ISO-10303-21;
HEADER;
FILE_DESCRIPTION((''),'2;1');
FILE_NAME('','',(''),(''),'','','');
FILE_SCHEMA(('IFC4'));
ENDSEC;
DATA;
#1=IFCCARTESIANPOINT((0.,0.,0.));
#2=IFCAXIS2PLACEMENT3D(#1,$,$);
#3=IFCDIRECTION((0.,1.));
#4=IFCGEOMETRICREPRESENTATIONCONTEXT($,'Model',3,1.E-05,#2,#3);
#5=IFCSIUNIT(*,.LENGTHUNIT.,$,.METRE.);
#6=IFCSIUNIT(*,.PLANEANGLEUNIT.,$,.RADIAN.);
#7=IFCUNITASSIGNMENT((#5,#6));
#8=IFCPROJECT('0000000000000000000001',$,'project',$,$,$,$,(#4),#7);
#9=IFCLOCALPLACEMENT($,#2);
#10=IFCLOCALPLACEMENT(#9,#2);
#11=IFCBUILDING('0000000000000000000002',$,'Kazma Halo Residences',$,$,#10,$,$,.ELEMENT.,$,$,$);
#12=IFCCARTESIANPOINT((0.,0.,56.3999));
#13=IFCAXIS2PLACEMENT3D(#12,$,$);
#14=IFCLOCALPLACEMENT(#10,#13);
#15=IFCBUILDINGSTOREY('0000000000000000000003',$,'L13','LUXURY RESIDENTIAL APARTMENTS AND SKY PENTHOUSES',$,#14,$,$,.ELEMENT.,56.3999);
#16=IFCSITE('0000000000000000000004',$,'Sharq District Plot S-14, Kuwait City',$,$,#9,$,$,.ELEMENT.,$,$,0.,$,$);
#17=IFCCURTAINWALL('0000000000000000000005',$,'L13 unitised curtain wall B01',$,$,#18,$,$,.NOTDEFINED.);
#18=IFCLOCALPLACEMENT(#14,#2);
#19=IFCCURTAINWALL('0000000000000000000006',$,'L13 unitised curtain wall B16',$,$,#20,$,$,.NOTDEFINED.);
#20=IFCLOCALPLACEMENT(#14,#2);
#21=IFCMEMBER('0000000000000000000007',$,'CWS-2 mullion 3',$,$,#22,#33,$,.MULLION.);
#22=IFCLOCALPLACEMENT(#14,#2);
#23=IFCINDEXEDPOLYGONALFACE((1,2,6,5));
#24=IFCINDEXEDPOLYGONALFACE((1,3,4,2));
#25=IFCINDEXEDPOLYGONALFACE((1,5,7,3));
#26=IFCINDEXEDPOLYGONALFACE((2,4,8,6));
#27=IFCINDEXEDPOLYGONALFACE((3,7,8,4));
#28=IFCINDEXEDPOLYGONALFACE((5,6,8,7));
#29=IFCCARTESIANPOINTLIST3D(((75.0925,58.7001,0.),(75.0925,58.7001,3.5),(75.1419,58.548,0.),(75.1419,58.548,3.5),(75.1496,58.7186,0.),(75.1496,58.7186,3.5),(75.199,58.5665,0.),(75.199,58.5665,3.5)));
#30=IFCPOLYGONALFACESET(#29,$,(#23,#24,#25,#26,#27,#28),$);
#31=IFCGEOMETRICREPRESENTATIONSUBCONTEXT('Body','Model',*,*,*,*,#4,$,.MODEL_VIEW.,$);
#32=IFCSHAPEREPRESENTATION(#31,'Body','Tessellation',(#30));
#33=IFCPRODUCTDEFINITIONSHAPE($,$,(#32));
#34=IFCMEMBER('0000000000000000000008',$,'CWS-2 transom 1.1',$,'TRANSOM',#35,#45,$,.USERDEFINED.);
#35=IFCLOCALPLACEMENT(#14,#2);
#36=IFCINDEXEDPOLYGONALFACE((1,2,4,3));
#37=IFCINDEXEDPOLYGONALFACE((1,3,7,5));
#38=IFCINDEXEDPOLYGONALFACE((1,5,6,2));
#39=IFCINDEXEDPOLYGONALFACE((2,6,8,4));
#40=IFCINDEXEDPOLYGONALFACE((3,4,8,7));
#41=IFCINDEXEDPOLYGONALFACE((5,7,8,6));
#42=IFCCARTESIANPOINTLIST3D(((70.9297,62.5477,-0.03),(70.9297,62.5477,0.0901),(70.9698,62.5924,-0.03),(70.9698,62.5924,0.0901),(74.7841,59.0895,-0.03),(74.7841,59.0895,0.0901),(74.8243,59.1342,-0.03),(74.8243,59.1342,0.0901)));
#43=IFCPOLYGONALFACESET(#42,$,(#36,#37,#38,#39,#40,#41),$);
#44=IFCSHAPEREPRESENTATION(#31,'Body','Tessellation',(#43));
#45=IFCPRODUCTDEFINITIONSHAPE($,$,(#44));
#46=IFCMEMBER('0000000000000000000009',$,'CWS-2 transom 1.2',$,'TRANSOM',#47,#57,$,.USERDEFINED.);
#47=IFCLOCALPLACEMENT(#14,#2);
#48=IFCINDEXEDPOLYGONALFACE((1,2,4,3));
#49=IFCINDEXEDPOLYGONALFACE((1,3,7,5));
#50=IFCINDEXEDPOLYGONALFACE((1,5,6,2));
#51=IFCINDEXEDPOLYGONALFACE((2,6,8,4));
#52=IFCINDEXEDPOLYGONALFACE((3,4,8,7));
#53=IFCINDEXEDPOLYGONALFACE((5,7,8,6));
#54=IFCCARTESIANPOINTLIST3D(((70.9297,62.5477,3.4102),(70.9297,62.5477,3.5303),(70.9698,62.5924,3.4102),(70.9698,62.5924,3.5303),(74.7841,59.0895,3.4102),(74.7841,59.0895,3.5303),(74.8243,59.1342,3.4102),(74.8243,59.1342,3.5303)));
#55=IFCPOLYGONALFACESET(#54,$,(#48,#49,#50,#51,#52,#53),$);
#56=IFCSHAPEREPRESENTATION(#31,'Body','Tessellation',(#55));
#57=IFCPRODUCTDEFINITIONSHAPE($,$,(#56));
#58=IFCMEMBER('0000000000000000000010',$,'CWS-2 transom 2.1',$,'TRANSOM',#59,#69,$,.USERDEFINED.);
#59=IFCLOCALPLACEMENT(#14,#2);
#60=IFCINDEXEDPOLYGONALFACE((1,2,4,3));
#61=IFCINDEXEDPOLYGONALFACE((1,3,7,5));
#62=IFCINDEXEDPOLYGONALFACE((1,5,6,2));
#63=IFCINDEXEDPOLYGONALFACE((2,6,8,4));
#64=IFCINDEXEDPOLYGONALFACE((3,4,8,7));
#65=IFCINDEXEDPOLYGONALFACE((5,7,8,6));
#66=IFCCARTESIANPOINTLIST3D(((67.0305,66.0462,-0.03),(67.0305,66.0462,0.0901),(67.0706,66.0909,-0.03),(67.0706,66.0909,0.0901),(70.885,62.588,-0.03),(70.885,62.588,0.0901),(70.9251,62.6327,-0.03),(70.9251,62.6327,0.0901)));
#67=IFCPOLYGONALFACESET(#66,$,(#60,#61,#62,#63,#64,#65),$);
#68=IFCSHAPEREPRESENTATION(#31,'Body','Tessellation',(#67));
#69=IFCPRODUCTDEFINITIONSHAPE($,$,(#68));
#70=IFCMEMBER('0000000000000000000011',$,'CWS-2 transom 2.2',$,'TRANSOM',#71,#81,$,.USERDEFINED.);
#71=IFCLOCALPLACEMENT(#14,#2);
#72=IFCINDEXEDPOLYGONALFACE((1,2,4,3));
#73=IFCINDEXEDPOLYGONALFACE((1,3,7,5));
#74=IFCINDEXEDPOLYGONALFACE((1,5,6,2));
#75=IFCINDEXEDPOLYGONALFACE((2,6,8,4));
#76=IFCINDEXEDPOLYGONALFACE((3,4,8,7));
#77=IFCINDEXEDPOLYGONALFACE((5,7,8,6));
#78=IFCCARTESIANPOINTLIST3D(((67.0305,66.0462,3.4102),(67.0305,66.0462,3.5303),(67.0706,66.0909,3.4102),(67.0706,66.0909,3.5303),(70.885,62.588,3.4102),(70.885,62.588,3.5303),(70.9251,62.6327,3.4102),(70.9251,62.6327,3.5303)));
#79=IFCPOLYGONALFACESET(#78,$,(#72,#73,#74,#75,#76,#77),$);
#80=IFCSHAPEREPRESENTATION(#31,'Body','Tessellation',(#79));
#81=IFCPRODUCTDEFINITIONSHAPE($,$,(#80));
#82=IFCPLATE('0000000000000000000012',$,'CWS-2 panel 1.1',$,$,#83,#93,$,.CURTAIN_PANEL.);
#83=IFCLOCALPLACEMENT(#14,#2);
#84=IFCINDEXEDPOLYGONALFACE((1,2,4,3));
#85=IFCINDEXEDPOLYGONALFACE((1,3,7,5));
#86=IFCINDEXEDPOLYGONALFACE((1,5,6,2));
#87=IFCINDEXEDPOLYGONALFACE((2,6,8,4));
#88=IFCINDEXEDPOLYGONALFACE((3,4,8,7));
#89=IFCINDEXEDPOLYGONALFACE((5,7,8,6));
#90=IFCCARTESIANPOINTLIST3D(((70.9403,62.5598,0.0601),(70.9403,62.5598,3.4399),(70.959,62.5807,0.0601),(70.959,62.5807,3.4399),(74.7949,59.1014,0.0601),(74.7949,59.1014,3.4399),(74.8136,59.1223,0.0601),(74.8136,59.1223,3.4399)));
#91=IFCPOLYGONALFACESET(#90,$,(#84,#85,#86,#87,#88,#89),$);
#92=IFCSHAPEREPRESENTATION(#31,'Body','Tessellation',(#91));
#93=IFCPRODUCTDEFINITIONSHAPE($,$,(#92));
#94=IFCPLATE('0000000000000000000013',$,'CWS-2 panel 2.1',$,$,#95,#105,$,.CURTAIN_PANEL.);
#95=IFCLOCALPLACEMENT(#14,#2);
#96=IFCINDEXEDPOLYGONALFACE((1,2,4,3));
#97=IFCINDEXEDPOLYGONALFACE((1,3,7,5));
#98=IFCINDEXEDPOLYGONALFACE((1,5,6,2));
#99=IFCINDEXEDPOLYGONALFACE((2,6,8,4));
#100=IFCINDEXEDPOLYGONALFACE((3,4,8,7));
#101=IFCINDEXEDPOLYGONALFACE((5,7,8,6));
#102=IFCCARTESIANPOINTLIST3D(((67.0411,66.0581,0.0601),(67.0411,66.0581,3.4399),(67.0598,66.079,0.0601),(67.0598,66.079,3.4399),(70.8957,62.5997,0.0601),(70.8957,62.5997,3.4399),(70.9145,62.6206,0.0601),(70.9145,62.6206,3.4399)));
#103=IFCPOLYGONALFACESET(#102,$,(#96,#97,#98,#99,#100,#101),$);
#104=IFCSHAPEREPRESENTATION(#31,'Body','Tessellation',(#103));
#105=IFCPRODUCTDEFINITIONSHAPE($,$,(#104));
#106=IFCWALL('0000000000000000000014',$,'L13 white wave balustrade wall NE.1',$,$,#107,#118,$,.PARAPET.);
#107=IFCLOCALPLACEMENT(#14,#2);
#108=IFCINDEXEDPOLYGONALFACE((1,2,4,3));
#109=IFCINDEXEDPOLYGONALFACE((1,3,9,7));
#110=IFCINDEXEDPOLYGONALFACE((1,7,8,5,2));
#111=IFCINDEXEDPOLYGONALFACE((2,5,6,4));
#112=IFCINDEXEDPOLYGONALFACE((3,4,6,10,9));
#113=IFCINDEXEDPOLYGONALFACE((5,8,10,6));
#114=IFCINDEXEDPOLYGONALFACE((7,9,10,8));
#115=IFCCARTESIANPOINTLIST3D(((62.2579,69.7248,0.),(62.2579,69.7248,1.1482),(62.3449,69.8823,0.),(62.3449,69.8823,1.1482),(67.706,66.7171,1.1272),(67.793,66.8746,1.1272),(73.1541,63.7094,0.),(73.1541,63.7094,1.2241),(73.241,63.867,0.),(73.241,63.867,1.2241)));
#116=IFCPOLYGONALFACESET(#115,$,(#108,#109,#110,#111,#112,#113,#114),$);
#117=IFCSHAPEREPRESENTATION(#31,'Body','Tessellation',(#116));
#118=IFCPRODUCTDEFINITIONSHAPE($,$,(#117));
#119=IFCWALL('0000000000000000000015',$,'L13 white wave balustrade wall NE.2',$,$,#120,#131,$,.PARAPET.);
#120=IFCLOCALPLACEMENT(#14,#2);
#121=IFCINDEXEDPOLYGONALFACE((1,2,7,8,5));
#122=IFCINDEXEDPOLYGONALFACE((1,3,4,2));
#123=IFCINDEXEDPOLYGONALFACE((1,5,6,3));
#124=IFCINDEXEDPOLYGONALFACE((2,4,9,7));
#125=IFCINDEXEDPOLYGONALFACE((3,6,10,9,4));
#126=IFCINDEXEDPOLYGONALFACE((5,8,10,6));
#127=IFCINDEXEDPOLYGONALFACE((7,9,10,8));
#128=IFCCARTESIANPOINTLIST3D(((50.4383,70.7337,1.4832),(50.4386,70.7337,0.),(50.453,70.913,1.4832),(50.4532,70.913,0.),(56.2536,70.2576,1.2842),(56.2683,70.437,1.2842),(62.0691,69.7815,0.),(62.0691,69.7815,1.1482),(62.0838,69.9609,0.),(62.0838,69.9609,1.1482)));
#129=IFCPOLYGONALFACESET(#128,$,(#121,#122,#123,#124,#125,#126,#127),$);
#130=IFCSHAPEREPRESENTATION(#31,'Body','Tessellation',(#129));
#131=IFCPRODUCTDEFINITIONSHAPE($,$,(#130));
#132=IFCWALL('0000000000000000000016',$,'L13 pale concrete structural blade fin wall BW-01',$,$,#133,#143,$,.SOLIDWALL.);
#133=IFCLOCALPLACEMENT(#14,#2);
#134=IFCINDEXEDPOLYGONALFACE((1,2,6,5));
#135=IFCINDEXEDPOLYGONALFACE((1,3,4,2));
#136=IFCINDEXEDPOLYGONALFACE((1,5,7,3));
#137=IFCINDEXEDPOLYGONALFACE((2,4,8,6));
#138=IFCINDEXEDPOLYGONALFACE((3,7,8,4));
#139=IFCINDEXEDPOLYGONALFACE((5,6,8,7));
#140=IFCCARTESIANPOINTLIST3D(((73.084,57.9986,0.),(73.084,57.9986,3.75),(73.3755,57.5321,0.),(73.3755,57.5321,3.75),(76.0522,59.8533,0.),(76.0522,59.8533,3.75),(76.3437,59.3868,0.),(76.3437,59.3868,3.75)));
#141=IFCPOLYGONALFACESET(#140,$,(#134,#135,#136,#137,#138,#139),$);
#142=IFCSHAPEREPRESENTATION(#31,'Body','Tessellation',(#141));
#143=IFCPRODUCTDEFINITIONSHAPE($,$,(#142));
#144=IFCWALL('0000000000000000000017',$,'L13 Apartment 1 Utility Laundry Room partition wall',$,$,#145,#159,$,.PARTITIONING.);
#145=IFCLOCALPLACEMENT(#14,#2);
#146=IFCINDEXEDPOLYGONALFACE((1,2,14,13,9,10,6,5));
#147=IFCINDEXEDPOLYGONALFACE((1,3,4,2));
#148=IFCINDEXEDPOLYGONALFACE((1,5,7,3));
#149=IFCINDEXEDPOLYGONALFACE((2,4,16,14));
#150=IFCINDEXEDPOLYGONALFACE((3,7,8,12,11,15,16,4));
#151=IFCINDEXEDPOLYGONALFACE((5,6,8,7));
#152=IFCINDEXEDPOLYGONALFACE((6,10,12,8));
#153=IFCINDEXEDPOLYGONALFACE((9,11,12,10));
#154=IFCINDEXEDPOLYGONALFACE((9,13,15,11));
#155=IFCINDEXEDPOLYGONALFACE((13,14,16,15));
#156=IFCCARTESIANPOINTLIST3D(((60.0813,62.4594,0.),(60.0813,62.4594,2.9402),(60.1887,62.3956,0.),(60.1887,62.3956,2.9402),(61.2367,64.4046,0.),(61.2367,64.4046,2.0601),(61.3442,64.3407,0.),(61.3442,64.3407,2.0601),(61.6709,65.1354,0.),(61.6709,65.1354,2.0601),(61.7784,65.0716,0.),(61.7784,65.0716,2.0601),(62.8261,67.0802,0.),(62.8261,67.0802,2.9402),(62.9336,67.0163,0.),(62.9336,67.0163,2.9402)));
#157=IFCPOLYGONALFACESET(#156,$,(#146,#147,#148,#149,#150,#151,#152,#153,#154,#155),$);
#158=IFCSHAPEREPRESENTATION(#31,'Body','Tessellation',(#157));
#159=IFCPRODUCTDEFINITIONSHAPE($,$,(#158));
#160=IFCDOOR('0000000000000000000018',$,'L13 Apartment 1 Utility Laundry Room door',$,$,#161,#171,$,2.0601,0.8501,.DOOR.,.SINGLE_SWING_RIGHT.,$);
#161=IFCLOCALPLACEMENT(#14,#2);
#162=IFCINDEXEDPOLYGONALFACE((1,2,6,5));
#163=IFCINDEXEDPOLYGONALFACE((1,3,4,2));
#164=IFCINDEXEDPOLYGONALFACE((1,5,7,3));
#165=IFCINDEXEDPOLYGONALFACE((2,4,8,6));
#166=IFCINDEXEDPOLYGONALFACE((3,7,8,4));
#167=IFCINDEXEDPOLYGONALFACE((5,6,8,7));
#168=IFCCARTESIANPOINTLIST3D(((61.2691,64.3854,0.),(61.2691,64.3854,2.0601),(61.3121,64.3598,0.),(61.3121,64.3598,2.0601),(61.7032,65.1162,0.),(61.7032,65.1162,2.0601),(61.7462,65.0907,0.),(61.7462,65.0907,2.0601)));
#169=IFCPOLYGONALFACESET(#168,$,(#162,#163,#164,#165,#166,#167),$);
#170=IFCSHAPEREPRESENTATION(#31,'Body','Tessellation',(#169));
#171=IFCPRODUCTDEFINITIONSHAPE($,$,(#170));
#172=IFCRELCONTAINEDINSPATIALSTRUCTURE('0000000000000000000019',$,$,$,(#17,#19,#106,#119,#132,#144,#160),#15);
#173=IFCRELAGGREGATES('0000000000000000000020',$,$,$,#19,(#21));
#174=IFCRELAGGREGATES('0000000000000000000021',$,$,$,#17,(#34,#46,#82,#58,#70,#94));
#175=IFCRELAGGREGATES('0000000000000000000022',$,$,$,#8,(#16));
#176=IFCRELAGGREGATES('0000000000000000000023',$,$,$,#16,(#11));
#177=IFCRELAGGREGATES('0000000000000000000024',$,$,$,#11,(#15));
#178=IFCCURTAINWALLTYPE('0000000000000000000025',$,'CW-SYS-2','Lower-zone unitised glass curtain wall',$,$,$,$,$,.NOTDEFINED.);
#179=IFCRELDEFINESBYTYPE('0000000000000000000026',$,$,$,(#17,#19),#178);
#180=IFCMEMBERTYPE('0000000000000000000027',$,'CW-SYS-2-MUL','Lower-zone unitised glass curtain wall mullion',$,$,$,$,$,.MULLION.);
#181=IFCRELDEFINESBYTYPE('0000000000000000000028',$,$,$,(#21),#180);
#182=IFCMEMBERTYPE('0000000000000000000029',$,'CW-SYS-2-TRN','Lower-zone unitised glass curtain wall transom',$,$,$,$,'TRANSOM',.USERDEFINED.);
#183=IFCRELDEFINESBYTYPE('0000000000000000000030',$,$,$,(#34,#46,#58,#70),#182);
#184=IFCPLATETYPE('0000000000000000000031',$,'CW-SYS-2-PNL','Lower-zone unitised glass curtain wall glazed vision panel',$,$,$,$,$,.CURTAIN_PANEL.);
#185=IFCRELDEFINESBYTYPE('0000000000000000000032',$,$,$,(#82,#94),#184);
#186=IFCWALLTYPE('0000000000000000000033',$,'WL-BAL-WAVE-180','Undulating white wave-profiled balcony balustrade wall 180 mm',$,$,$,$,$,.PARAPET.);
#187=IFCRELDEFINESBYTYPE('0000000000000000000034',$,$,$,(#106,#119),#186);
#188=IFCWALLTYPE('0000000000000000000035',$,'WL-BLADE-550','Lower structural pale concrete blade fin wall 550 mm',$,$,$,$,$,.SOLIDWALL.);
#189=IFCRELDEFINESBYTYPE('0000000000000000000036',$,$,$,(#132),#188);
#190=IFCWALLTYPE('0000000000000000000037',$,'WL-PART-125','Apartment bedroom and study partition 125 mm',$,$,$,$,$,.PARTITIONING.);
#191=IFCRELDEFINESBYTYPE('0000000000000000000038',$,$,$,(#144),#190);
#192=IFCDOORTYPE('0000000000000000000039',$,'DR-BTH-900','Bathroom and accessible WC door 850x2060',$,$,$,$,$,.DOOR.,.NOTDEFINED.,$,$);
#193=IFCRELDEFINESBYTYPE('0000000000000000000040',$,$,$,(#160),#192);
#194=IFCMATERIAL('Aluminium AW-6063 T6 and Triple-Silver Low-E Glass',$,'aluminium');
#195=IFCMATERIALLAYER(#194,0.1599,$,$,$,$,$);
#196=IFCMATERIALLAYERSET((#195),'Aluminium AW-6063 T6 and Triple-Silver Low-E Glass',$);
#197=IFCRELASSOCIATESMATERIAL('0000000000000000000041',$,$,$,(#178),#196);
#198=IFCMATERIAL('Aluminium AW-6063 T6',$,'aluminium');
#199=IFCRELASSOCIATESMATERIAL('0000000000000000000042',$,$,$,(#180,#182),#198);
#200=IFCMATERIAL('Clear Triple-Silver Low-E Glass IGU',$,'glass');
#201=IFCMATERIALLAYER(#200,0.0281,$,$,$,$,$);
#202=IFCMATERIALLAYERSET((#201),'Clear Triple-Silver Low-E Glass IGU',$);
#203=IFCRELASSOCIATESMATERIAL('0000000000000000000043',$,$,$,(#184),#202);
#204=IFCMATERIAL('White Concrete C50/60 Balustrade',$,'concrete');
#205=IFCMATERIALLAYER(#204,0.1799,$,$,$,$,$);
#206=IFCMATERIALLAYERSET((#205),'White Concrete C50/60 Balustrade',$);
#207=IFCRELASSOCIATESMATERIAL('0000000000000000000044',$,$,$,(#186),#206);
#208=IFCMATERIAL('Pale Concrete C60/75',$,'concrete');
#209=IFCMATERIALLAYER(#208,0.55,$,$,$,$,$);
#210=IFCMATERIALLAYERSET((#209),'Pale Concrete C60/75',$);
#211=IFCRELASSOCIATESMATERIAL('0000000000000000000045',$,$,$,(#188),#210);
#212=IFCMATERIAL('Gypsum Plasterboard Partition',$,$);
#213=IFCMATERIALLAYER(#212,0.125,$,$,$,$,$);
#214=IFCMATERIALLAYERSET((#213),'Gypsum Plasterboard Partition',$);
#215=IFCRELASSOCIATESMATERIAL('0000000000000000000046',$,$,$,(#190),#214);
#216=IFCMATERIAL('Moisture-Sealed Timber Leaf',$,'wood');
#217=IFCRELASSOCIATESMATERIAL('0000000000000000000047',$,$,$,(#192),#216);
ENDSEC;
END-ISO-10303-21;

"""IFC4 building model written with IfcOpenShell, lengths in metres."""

from ifc_helpers import new_model, si_unit, direction, frame, frame_2d, origin, origin_2d, place, context, subcontext, project, spatial, polyline, rectangle, outline, extrude, material, layer, layer_set, material_profile, profile_set, type_object, element, fill, aggregate, save


model = new_model("IFC4")

# Units and contexts
model_context = context("Model", 3, precision=1e-05, world=origin(), true_north=direction((0.0, 1.0)))
body_context = subcontext(model_context, "Body", "Model", "MODEL_VIEW")
ifc_project = project(units=[si_unit("LENGTHUNIT", "METRE"), si_unit("PLANEANGLEUNIT", "RADIAN")], contexts=[model_context])

# Site, building, storey
site_placement = place(None, origin())
site = spatial("IfcSite", under=ifc_project, at=site_placement, Name="Sharq District Plot S-14, Kuwait City", CompositionType="ELEMENT", RefElevation=0.0)
building_placement = place(site_placement, origin())
building = spatial("IfcBuilding", under=site, at=building_placement, Name="Kazma Halo Residences", CompositionType="ELEMENT")
storey_placement = place(building_placement, frame((0.0, 0.0, 56.3999)))
storey = spatial("IfcBuildingStorey", under=building, at=storey_placement, Name="L13", Description="LUXURY RESIDENTIAL APARTMENTS AND SKY PENTHOUSES", CompositionType="ELEMENT", Elevation=56.3999)

# Curtain wall
ifc_material_1 = material(Name="Aluminium AW-6063 T6 and Triple-Silver Low-E Glass", Category="aluminium")
ifc_layer_1 = layer(ifc_material_1, 0.1599)
ifc_layer_set_1 = layer_set([ifc_layer_1], Name="Aluminium AW-6063 T6 and Triple-Silver Low-E Glass")
curtain_wall_type = type_object("IfcCurtainWallType", Name="CW-SYS-2", Description="Lower-zone unitised glass curtain wall", PredefinedType="NOTDEFINED", material=ifc_layer_set_1)
curtain_wall_1_placement = place(storey_placement, origin())
curtain_wall_1 = element("IfcCurtainWall", 1, at=curtain_wall_1_placement, inside=storey, type_object=curtain_wall_type, Name="L13 unitised curtain wall B01", PredefinedType="NOTDEFINED")
ifc_material_2 = material(Name="Aluminium AW-6063 T6", Category="aluminium")
ifc_material_profile_1 = material_profile(ifc_material_2, rectangle(XDim=0.0601, YDim=0.1599, at=origin_2d()), Name="CWM-60x160")
ifc_profile_set_1 = profile_set([ifc_material_profile_1], Name="Aluminium AW-6063 T6")
member_type_1 = type_object("IfcMemberType", Name="CW-SYS-2-MUL", Description="Lower-zone unitised glass curtain wall mullion", PredefinedType="MULLION", material=ifc_profile_set_1)

# Curtain wall, member
curtain_wall_2_placement = place(storey_placement, origin())
curtain_wall_2 = element("IfcCurtainWall", 2, at=curtain_wall_2_placement, inside=storey, type_object=curtain_wall_type, Name="L13 unitised curtain wall B16", PredefinedType="NOTDEFINED")
member_1_placement = place(storey_placement, frame((75.1458, 58.6333, 0.0), z_axis=(0.0, 0.0, 1.0), x_axis=(-0.951057, -0.309017, 0.0)))
member_1 = element("IfcMember", 3, at=member_1_placement, type_object=member_type_1, Name="CWS-2 mullion 3", PredefinedType="MULLION", context=body_context, shape_type="SweptSolid", body=[
    extrude(rectangle(XDim=0.0601, YDim=0.1599, at=origin_2d()), origin(), (0.0, 0.0, 1.0), 3.5),
])
aggregate(curtain_wall_2, [member_1])

# Members
ifc_material_profile_2 = material_profile(ifc_material_2, rectangle(XDim=0.0601, YDim=0.1201, at=origin_2d()), Name="CWT-60x120")
ifc_profile_set_2 = profile_set([ifc_material_profile_2], Name="Aluminium AW-6063 T6")
member_type_2 = type_object("IfcMemberType", Name="CW-SYS-2-TRN", Description="Lower-zone unitised glass curtain wall transom", ElementType="TRANSOM", PredefinedType="USERDEFINED", material=ifc_profile_set_2)
member_2_placement = place(storey_placement, frame((74.8042, 59.1118, 0.03), z_axis=(-0.744329, 0.667813, 0.0), x_axis=(-0.667813, -0.744329, 0.0)))
member_2 = element("IfcMember", 4, at=member_2_placement, type_object=member_type_2, Name="CWS-2 transom 1.1", ObjectType="TRANSOM", PredefinedType="USERDEFINED", context=body_context, shape_type="SweptSolid", body=[
    extrude(rectangle(XDim=0.0601, YDim=0.1201, at=origin_2d()), origin(), (0.0, 0.0, 1.0), 5.1785),
])
member_3_placement = place(storey_placement, frame((74.8042, 59.1118, 3.4702), z_axis=(-0.744329, 0.667813, 0.0), x_axis=(-0.667813, -0.744329, 0.0)))
member_3 = element("IfcMember", 5, at=member_3_placement, type_object=member_type_2, Name="CWS-2 transom 1.2", ObjectType="TRANSOM", PredefinedType="USERDEFINED", context=body_context, shape_type="SweptSolid", body=[
    extrude(rectangle(XDim=0.0601, YDim=0.1201, at=origin_2d()), origin(), (0.0, 0.0, 1.0), 5.1785),
])
member_4_placement = place(storey_placement, frame((70.905, 62.6104, 0.03), z_axis=(-0.744329, 0.667813, 0.0), x_axis=(-0.667813, -0.744329, 0.0)))
member_4 = element("IfcMember", 6, at=member_4_placement, type_object=member_type_2, Name="CWS-2 transom 2.1", ObjectType="TRANSOM", PredefinedType="USERDEFINED", context=body_context, shape_type="SweptSolid", body=[
    extrude(rectangle(XDim=0.0601, YDim=0.1201, at=origin_2d()), origin(), (0.0, 0.0, 1.0), 5.1785),
])
member_5_placement = place(storey_placement, frame((70.905, 62.6104, 3.4702), z_axis=(-0.744329, 0.667813, 0.0), x_axis=(-0.667813, -0.744329, 0.0)))
member_5 = element("IfcMember", 7, at=member_5_placement, type_object=member_type_2, Name="CWS-2 transom 2.2", ObjectType="TRANSOM", PredefinedType="USERDEFINED", context=body_context, shape_type="SweptSolid", body=[
    extrude(rectangle(XDim=0.0601, YDim=0.1201, at=origin_2d()), origin(), (0.0, 0.0, 1.0), 5.1785),
])

# Plates
ifc_material_3 = material(Name="Clear Triple-Silver Low-E Glass IGU", Category="glass")
ifc_layer_2 = layer(ifc_material_3, 0.0281)
ifc_layer_set_2 = layer_set([ifc_layer_2], Name="Clear Triple-Silver Low-E Glass IGU")
plate_type = type_object("IfcPlateType", Name="CW-SYS-2-PNL", Description="Lower-zone unitised glass curtain wall glazed vision panel", PredefinedType="CURTAIN_PANEL", material=ifc_layer_set_2)
plate_1_placement = place(storey_placement, frame((72.877, 60.8411, 0.0601), z_axis=(0.0, 0.0, 1.0), x_axis=(-0.744322, 0.667821, 0.0)))
plate_1 = element("IfcPlate", 8, at=plate_1_placement, type_object=plate_type, Name="CWS-2 panel 1.1", PredefinedType="CURTAIN_PANEL", context=body_context, shape_type="SweptSolid", body=[
    extrude(rectangle(XDim=5.1787, YDim=0.0281, at=origin_2d()), origin(), (0.0, 0.0, 1.0), 3.3799),
])
plate_2_placement = place(storey_placement, frame((68.9778, 64.3394, 0.0601), z_axis=(0.0, 0.0, 1.0), x_axis=(-0.744322, 0.667821, 0.0)))
plate_2 = element("IfcPlate", 9, at=plate_2_placement, type_object=plate_type, Name="CWS-2 panel 2.1", PredefinedType="CURTAIN_PANEL", context=body_context, shape_type="SweptSolid", body=[
    extrude(rectangle(XDim=5.1787, YDim=0.0281, at=origin_2d()), origin(), (0.0, 0.0, 1.0), 3.3799),
])
aggregate(curtain_wall_1, [member_2, member_3, plate_1, member_4, member_5, plate_2])

# Walls
ifc_material_4 = material(Name="White Concrete C50/60 Balustrade", Category="concrete")
ifc_layer_3 = layer(ifc_material_4, 0.1799)
ifc_layer_set_3 = layer_set([ifc_layer_3], Name="White Concrete C50/60 Balustrade")
wall_type_1 = type_object("IfcWallType", Name="WL-BAL-WAVE-180", Description="Undulating white wave-profiled balcony balustrade wall 180 mm", PredefinedType="PARAPET", material=ifc_layer_set_3)
wall_1_placement = place(storey_placement, frame((73.1975, 63.7881, 0.0), z_axis=(0.0, 0.0, 1.0), x_axis=(-0.875453, 0.483303, 0.0)))
element("IfcWall", 10, at=wall_1_placement, inside=storey, type_object=wall_type_1, Name="L13 white wave balustrade wall NE.1", PredefinedType="PARAPET", context=body_context, shape_type="SweptSolid", body=[
    extrude(outline(polyline([(0.0, 0.0), (12.4463, 0.0), (12.4463, 1.1482), (6.2231, 1.1272), (0.0, 1.2241), (0.0, 0.0)])), frame((0.0, 0.0898, 0.0), z_axis=(0.0, -1.0, 0.0), x_axis=(1.0, 0.0, 0.0)), (0.0, 0.0, 1.0), 0.1799),
])
wall_2_placement = place(storey_placement, frame((62.0764, 69.8711, 0.0), z_axis=(0.0, 0.0, 1.0), x_axis=(-0.996666, 0.081593, 0.0)))
element("IfcWall", 11, at=wall_2_placement, inside=storey, type_object=wall_type_1, Name="L13 white wave balustrade wall NE.2", PredefinedType="PARAPET", context=body_context, shape_type="SweptSolid", body=[
    extrude(outline(polyline([(0.0, 0.0), (11.6694, 0.0), (11.6697, 1.4832), (5.835, 1.2842), (0.0, 1.1482), (0.0, 0.0)])), frame((0.0, 0.0898, 0.0), z_axis=(0.0, -1.0, 0.0), x_axis=(1.0, 0.0, 0.0)), (0.0, 0.0, 1.0), 0.1799),
])
ifc_material_5 = material(Name="Pale Concrete C60/75", Category="concrete")
ifc_layer_4 = layer(ifc_material_5, 0.55)
ifc_layer_set_4 = layer_set([ifc_layer_4], Name="Pale Concrete C60/75")
wall_type_2 = type_object("IfcWallType", Name="WL-BLADE-550", Description="Lower structural pale concrete blade fin wall 550 mm", PredefinedType="SOLIDWALL", material=ifc_layer_set_4)
wall_3_placement = place(storey_placement, frame((73.2297, 57.7654, 0.0), z_axis=(0.0, 0.0, 1.0), x_axis=(0.848053, 0.529911, 0.0)))
element("IfcWall", 12, at=wall_3_placement, inside=storey, type_object=wall_type_2, Name="L13 pale concrete structural blade fin wall BW-01", PredefinedType="SOLIDWALL", context=body_context, shape_type="SweptSolid", body=[
    extrude(rectangle(XDim=3.5, YDim=0.55, at=frame_2d((1.75, 0.0))), origin(), (0.0, 0.0, 1.0), 3.75),
])

# Wall, opening, door
ifc_material_6 = material(Name="Gypsum Plasterboard Partition")
ifc_layer_5 = layer(ifc_material_6, 0.125)
ifc_layer_set_5 = layer_set([ifc_layer_5], Name="Gypsum Plasterboard Partition")
wall_type_3 = type_object("IfcWallType", Name="WL-PART-125", Description="Apartment bedroom and study partition 125 mm", PredefinedType="PARTITIONING", material=ifc_layer_set_5)
wall_4_placement = place(storey_placement, frame((60.135, 62.4275, 0.0), z_axis=(0.0, 0.0, 1.0), x_axis=(0.51071, 0.859753, 0.0)))
wall_4 = element("IfcWall", 13, at=wall_4_placement, inside=storey, type_object=wall_type_3, Name="L13 Apartment 1 Utility Laundry Room partition wall", PredefinedType="PARTITIONING", context=body_context, shape_type="SweptSolid", body=[
    extrude(rectangle(XDim=5.3745, YDim=0.125, at=frame_2d((2.6873, 0.0))), origin(), (0.0, 0.0, 1.0), 2.9402),
])
opening_1_placement = place(wall_4_placement, frame((2.2625, 0.0, 0.0)))
opening_1 = element("IfcOpeningElement", 14, at=opening_1_placement, cuts=wall_4, PredefinedType="OPENING", context=body_context, shape_type="SweptSolid", body=[
    extrude(rectangle(XDim=0.8501, YDim=2.0601, at=frame_2d((0.425, 1.03))), frame((0.0, 0.0725, 0.0), z_axis=(0.0, -1.0, 0.0), x_axis=(1.0, 0.0, 0.0)), (0.0, 0.0, 1.0), 0.145),
])
ifc_material_7 = material(Name="Moisture-Sealed Timber Leaf", Category="wood")
door_type_1 = type_object("IfcDoorType", Name="DR-BTH-900", Description="Bathroom and accessible WC door 850x2060", OperationType="NOTDEFINED", PredefinedType="DOOR", material=ifc_material_7)
door_1_placement = place(opening_1_placement, origin())
door_1 = element("IfcDoor", 15, at=door_1_placement, inside=storey, type_object=door_type_1, Name="L13 Apartment 1 Utility Laundry Room door", OperationType="SINGLE_SWING_RIGHT", OverallHeight=2.0601, OverallWidth=0.8501, PredefinedType="DOOR", context=body_context, shape_type="SweptSolid", body=[
    extrude(rectangle(XDim=0.8501, YDim=2.0601, at=frame_2d((0.425, 1.03))), frame((0.0, 0.0249, 0.0), z_axis=(0.0, -1.0, 0.0), x_axis=(1.0, 0.0, 0.0)), (0.0, 0.0, 1.0), 0.05),
])
fill(opening_1, door_1)

save(model, "model.ifc")
